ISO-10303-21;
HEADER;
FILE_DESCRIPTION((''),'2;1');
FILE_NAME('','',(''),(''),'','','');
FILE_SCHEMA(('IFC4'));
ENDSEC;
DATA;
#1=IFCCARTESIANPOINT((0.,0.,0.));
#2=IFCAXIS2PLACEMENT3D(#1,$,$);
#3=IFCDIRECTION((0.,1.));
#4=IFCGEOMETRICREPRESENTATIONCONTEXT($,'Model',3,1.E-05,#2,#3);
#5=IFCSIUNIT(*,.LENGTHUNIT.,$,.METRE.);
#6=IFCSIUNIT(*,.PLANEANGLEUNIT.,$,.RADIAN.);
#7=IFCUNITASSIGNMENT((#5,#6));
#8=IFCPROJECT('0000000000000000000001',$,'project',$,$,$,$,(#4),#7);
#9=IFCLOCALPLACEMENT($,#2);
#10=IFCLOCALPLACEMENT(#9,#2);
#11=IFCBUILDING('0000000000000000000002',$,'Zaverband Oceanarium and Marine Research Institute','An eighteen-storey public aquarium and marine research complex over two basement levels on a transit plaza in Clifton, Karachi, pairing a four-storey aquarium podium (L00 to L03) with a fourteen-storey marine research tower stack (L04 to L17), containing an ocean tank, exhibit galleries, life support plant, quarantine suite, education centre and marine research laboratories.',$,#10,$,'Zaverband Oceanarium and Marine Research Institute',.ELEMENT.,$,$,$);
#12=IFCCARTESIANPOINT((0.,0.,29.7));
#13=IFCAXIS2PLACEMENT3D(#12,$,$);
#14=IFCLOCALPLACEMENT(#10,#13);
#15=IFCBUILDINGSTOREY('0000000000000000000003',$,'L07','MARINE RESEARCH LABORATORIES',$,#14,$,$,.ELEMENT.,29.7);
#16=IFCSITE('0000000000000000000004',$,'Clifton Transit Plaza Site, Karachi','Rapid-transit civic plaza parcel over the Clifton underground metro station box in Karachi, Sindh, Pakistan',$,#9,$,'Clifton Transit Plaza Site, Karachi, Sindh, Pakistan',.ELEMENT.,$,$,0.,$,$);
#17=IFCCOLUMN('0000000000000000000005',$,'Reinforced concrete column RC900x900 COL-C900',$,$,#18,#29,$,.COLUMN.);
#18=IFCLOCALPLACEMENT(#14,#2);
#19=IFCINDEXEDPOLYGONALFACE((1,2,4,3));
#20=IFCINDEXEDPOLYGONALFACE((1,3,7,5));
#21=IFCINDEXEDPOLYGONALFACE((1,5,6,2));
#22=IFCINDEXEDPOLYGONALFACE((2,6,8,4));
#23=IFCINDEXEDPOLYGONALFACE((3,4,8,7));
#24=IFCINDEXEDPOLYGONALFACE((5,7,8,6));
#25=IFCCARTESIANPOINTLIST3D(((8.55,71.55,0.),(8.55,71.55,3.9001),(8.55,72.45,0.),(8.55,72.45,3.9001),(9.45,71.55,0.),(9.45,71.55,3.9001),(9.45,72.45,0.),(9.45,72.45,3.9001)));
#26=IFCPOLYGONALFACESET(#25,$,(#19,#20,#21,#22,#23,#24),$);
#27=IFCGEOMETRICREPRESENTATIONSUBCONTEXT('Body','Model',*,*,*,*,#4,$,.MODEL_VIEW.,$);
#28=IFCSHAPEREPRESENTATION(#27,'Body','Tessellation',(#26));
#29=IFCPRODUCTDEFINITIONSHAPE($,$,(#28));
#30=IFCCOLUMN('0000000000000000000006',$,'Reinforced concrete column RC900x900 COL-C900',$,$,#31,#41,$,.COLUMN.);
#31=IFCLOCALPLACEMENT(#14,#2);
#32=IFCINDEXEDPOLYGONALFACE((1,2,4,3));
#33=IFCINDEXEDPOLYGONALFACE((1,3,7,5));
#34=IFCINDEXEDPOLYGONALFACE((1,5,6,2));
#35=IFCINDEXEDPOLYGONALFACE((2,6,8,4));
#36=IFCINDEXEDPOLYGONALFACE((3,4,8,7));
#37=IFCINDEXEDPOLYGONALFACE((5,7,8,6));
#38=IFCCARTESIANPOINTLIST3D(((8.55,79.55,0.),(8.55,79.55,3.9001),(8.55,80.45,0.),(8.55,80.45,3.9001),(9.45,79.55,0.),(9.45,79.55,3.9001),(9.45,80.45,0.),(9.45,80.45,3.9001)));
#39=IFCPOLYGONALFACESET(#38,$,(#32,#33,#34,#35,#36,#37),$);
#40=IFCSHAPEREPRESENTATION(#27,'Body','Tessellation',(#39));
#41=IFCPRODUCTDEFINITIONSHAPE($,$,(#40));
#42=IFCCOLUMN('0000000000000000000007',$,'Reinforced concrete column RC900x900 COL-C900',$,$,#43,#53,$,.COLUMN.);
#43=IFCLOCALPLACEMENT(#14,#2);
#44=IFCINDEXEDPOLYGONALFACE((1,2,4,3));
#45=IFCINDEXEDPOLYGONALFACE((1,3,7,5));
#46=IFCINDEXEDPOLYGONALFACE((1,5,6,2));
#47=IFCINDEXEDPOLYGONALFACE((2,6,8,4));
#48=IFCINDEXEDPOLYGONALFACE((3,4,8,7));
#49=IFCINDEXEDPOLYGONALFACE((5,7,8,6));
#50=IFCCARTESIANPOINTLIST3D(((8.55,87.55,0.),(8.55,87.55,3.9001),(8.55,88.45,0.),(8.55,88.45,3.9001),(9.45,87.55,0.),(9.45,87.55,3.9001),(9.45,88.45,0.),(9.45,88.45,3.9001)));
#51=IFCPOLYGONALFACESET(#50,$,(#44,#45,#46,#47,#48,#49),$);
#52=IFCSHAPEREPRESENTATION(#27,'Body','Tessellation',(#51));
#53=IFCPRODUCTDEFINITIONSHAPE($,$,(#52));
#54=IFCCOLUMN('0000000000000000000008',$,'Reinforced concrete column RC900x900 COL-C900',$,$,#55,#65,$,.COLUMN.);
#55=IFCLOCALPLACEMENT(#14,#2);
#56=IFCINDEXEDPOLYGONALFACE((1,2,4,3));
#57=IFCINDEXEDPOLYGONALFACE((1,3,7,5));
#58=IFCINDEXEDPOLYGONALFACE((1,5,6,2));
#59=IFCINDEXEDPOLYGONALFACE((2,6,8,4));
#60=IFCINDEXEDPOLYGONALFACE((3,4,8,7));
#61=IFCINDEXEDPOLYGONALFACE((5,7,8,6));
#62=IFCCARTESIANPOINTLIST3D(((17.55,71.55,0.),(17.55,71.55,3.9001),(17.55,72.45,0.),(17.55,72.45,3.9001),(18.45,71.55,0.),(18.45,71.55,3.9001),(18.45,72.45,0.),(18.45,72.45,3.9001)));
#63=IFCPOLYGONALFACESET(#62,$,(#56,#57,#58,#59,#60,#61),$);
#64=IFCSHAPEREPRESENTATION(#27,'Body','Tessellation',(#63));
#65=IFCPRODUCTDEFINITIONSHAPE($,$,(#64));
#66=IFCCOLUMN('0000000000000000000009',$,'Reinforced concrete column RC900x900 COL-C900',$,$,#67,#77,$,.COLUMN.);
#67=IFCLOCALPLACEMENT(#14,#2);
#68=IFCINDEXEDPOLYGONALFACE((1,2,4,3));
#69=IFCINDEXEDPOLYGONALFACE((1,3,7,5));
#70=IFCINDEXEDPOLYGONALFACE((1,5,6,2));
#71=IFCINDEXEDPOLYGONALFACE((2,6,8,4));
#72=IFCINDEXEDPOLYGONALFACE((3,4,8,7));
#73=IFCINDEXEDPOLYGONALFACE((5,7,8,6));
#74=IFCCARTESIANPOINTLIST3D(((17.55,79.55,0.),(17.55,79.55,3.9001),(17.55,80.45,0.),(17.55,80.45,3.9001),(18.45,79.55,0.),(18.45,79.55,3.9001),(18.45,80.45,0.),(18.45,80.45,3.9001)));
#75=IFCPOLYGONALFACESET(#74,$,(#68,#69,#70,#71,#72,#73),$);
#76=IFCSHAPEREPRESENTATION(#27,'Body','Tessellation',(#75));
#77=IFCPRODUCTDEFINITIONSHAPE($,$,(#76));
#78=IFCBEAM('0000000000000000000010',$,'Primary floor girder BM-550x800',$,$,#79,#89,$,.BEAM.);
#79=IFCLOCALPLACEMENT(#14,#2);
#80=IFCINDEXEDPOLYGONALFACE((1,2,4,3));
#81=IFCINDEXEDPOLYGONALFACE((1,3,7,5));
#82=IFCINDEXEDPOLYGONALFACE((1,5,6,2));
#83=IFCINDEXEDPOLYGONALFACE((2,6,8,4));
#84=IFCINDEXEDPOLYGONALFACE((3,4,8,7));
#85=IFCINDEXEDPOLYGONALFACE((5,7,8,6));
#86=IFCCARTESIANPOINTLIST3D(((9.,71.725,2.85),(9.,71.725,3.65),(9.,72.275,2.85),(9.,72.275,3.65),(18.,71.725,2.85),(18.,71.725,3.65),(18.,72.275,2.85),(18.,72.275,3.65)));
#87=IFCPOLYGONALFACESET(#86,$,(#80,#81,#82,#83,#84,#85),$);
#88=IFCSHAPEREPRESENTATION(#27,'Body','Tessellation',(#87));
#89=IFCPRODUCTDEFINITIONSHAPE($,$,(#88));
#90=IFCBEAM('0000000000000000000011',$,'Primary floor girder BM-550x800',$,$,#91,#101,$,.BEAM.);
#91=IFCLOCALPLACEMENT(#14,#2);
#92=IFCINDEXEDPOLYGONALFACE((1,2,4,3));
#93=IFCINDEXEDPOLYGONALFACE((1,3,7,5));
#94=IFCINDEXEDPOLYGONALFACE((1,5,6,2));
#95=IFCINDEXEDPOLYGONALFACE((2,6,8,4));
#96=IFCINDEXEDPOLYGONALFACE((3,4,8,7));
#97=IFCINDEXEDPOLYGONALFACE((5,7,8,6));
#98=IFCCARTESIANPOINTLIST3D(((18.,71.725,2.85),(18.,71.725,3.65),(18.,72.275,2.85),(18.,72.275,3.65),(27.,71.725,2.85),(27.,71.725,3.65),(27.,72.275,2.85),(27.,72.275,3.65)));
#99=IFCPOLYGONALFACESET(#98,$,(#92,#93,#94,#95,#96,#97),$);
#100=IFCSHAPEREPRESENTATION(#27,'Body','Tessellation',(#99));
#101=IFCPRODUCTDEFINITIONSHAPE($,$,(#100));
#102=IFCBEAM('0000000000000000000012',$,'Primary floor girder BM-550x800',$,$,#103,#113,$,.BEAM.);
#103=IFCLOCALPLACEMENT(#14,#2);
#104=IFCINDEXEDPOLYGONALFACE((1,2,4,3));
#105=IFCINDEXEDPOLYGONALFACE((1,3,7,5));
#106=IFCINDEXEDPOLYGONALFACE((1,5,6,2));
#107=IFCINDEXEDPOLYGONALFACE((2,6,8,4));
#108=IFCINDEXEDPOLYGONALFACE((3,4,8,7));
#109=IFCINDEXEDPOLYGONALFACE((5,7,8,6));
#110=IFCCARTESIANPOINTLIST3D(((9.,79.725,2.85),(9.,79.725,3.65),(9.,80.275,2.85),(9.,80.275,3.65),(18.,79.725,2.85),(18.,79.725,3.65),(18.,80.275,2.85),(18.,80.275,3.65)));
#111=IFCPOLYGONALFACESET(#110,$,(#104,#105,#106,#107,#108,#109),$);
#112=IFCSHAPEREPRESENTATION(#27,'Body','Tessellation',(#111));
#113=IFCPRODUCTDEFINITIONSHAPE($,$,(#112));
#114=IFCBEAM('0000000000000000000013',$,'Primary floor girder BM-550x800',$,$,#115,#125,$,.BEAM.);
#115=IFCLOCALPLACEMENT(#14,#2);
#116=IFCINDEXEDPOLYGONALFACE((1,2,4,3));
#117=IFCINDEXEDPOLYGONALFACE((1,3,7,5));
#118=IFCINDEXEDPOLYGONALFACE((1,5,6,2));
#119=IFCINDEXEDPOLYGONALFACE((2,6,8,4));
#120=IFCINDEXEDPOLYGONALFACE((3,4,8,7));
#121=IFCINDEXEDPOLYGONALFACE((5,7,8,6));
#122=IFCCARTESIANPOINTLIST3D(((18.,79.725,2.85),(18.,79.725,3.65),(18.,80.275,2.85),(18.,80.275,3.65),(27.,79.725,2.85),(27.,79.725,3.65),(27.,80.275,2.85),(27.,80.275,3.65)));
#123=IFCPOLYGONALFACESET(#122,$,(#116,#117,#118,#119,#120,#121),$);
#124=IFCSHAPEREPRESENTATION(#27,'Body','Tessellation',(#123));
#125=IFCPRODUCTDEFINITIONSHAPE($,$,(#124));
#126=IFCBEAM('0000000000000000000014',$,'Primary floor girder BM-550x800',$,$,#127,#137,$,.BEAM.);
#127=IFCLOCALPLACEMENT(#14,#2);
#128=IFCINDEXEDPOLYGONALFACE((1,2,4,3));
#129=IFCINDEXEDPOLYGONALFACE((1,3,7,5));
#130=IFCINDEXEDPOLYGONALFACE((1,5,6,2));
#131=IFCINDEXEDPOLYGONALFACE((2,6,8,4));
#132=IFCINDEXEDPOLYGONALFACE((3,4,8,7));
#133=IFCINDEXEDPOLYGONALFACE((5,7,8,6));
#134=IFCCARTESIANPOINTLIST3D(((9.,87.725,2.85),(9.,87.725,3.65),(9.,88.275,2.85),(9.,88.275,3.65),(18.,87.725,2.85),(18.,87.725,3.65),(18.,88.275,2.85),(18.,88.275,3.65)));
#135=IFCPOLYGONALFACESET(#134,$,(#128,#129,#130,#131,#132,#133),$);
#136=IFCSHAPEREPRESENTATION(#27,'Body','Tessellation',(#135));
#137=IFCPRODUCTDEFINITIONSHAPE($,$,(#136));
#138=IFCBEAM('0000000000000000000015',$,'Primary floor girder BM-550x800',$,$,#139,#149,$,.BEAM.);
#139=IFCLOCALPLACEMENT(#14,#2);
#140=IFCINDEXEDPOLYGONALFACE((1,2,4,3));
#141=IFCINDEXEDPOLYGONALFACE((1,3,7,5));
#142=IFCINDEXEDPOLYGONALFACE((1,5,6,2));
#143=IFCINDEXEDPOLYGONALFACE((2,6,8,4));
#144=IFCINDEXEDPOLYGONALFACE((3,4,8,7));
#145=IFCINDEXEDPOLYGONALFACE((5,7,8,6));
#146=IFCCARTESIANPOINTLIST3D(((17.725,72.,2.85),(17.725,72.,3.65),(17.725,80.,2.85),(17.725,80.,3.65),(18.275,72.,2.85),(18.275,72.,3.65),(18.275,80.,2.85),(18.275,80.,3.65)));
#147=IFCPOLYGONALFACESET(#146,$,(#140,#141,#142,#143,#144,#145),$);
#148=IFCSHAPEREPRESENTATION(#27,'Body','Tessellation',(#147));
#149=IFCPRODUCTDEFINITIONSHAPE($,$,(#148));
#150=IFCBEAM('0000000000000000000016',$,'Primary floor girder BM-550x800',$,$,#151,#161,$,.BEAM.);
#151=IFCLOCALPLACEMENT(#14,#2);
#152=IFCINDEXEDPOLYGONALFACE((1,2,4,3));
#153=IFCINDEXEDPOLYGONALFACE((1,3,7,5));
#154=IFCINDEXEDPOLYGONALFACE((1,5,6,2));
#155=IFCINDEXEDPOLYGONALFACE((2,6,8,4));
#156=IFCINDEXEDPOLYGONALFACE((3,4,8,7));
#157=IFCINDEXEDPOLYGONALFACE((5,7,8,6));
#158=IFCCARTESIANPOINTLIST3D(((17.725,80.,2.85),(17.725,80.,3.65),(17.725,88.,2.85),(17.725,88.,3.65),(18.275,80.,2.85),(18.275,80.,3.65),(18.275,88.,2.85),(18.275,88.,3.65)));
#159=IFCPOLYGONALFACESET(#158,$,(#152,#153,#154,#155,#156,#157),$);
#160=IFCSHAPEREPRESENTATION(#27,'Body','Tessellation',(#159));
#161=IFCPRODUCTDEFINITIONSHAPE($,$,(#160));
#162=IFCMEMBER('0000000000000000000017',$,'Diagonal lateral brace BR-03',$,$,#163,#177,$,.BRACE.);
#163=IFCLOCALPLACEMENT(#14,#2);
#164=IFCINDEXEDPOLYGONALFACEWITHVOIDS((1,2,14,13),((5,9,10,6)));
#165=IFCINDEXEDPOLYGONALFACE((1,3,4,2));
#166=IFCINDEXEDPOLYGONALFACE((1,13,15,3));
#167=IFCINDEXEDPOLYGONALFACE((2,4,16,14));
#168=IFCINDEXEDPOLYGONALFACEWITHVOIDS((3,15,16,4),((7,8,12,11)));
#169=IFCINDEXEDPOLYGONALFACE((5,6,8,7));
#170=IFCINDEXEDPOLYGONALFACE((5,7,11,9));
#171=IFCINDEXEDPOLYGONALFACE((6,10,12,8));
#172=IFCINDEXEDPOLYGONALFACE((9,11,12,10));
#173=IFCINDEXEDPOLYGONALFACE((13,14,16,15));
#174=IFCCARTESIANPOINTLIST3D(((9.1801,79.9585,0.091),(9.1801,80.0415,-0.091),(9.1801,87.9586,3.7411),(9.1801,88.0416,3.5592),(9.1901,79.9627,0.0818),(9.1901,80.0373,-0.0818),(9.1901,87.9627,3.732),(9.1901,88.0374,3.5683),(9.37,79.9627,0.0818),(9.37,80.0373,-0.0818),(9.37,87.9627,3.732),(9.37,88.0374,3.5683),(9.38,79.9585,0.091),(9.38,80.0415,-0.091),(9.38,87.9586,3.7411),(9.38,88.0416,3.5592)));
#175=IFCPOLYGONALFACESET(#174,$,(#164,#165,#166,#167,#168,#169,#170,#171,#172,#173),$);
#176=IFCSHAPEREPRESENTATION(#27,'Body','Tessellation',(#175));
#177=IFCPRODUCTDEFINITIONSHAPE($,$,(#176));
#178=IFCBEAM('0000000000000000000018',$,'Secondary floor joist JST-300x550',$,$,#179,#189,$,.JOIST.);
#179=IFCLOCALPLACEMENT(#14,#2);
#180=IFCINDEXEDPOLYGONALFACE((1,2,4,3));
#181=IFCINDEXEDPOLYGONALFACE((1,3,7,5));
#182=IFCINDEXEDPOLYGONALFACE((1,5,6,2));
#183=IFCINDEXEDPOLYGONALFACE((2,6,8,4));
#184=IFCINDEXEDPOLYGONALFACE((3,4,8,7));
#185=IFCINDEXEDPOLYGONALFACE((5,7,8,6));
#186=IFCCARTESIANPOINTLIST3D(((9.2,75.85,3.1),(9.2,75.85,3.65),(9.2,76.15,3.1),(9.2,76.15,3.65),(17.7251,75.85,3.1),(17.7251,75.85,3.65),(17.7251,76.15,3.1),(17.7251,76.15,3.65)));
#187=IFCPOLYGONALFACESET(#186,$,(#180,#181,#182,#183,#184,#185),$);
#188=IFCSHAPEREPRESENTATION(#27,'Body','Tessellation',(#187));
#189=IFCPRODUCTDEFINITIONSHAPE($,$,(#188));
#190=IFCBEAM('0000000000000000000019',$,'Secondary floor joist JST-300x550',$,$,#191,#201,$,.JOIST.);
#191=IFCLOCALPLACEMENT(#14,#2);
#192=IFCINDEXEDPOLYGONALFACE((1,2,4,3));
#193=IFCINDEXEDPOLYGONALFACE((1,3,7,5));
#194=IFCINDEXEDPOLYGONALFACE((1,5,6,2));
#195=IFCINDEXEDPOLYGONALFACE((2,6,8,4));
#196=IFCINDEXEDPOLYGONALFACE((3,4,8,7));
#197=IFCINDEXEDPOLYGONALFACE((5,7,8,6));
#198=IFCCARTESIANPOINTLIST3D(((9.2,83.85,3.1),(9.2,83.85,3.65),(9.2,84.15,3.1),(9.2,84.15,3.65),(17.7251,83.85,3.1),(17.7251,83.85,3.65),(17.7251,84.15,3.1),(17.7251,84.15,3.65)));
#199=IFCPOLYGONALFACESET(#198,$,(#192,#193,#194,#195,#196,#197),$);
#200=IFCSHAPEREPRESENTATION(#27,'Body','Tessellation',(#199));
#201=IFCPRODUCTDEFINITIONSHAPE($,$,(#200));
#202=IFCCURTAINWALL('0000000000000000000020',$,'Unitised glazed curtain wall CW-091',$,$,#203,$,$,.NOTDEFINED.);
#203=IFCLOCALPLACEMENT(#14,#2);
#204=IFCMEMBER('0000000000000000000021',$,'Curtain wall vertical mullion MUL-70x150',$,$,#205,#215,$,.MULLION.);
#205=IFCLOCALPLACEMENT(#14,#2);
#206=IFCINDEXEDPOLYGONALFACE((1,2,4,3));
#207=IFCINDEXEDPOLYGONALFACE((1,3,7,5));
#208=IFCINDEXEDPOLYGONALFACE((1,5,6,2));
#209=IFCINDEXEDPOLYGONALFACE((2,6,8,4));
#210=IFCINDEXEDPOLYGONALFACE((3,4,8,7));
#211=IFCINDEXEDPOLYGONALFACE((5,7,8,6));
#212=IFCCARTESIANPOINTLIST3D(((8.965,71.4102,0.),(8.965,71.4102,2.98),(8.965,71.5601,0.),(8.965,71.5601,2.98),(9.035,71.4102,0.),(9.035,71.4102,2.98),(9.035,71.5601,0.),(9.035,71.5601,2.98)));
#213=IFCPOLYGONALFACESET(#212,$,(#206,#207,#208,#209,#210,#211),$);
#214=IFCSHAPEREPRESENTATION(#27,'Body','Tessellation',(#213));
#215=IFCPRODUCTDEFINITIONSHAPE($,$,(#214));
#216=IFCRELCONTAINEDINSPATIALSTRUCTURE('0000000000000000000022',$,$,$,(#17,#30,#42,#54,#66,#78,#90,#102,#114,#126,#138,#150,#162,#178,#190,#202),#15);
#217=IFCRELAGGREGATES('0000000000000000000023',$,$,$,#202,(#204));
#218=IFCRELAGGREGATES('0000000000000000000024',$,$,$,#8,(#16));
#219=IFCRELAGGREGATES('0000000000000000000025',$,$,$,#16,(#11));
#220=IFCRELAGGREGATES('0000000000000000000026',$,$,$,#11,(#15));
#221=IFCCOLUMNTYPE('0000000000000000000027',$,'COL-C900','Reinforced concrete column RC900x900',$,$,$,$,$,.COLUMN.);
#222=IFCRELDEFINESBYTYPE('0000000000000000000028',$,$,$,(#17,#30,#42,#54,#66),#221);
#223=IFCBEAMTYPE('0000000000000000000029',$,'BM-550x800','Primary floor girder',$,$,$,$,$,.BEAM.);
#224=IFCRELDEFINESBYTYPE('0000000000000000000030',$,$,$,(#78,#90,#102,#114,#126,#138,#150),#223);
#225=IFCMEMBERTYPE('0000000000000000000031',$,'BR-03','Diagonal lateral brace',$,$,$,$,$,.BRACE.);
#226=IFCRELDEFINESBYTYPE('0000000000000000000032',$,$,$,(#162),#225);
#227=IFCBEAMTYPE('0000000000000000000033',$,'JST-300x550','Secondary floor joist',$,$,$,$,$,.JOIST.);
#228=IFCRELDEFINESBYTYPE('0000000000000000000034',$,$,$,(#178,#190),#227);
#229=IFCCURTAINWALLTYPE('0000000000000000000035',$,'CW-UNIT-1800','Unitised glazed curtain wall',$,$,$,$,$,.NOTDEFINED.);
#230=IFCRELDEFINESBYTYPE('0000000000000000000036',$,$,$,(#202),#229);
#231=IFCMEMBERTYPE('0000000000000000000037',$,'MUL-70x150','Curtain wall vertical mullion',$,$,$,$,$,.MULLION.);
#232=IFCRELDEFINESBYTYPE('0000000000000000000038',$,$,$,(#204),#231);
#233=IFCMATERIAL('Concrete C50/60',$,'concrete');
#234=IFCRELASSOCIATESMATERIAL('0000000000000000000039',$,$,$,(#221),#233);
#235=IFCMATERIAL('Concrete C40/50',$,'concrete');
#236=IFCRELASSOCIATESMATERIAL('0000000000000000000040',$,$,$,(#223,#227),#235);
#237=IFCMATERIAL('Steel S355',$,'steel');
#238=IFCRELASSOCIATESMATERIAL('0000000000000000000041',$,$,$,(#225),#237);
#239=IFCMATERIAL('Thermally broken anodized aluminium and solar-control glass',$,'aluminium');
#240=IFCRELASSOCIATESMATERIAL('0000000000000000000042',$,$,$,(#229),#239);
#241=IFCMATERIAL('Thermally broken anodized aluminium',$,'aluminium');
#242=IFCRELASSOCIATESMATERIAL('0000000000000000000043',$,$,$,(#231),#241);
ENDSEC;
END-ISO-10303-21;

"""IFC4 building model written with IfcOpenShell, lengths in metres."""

from ifc_helpers import new_model, si_unit, direction, frame, origin, origin_2d, place, context, subcontext, project, spatial, rectangle, hollow_rectangle, extrude, material, material_profile, profile_set, type_object, element, aggregate, save


model = new_model("IFC4")

# Units and contexts
model_context = context("Model", 3, precision=1e-05, world=origin(), true_north=direction((0.0, 1.0)))
body_context = subcontext(model_context, "Body", "Model", "MODEL_VIEW")
ifc_project = project(units=[si_unit("LENGTHUNIT", "METRE"), si_unit("PLANEANGLEUNIT", "RADIAN")], contexts=[model_context])

# Site, building, storey
site_placement = place(None, origin())
site = spatial("IfcSite", under=ifc_project, at=site_placement, Name="Clifton Transit Plaza Site, Karachi", Description="Rapid-transit civic plaza parcel over the Clifton underground metro station box in Karachi, Sindh, Pakistan", LongName="Clifton Transit Plaza Site, Karachi, Sindh, Pakistan", CompositionType="ELEMENT", RefElevation=0.0)
building_placement = place(site_placement, origin())
building = spatial("IfcBuilding", under=site, at=building_placement, Name="Zaverband Oceanarium and Marine Research Institute", Description="An eighteen-storey public aquarium and marine research complex over two basement levels on a transit plaza in Clifton, Karachi, pairing a four-storey aquarium podium (L00 to L03) with a fourteen-storey marine research tower stack (L04 to L17), containing an ocean tank, exhibit galleries, life support plant, quarantine suite, education centre and marine research laboratories.", LongName="Zaverband Oceanarium and Marine Research Institute", CompositionType="ELEMENT")
storey_placement = place(building_placement, frame((0.0, 0.0, 29.7)))
storey = spatial("IfcBuildingStorey", under=building, at=storey_placement, Name="L07", Description="MARINE RESEARCH LABORATORIES", CompositionType="ELEMENT", Elevation=29.7)

# Columns
ifc_material_1 = material(Name="Concrete C50/60", Category="concrete")
ifc_material_profile_1 = material_profile(ifc_material_1, rectangle(XDim=0.8999, YDim=0.8999, at=origin_2d()), Name="RC900x900")
ifc_profile_set_1 = profile_set([ifc_material_profile_1], Name="Concrete C50/60")
column_type = type_object("IfcColumnType", Name="COL-C900", Description="Reinforced concrete column RC900x900", PredefinedType="COLUMN", material=ifc_profile_set_1)
for number, where, z_axis, x_axis, name in (
    (1, (9.0, 72.0, 0.0), (0.0, 0.0, 1.0), (1.0, 0.0, 0.0), "Reinforced concrete column RC900x900 COL-C900"),
    (2, (9.0, 80.0, 0.0), (0.0, 0.0, 1.0), (1.0, 0.0, 0.0), "Reinforced concrete column RC900x900 COL-C900"),
    (3, (9.0, 88.0, 0.0), (0.0, 0.0, 1.0), (1.0, 0.0, 0.0), "Reinforced concrete column RC900x900 COL-C900"),
    (4, (18.0, 72.0, 0.0), (0.0, 0.0, 1.0), (1.0, 0.0, 0.0), "Reinforced concrete column RC900x900 COL-C900"),
    (5, (18.0, 80.0, 0.0), (0.0, 0.0, 1.0), (1.0, 0.0, 0.0), "Reinforced concrete column RC900x900 COL-C900"),
):
    element("IfcColumn", number, at=place(storey_placement, frame(where, z_axis=z_axis, x_axis=x_axis)), inside=storey, type_object=column_type, Name=name, PredefinedType="COLUMN", context=body_context, shape_type="SweptSolid", body=[
        extrude(rectangle(XDim=0.8999, YDim=0.8999, at=origin_2d()), origin(), (0.0, 0.0, 1.0), 3.9001),
    ])

# Beams
ifc_material_2 = material(Name="Concrete C40/50", Category="concrete")
ifc_material_profile_2 = material_profile(ifc_material_2, rectangle(XDim=0.55, YDim=0.8, at=origin_2d()), Name="RC550x800")
ifc_profile_set_2 = profile_set([ifc_material_profile_2], Name="Concrete C40/50")
beam_type_1 = type_object("IfcBeamType", Name="BM-550x800", Description="Primary floor girder", PredefinedType="BEAM", material=ifc_profile_set_2)
for number, where, z_axis, x_axis, name in (
    (6, (9.0, 72.0, 3.25), (1.0, 0.0, 0.0), (0.0, 1.0, 0.0), "Primary floor girder BM-550x800"),
    (7, (18.0, 72.0, 3.25), (1.0, 0.0, 0.0), (0.0, 1.0, 0.0), "Primary floor girder BM-550x800"),
    (8, (9.0, 80.0, 3.25), (1.0, 0.0, 0.0), (0.0, 1.0, 0.0), "Primary floor girder BM-550x800"),
    (9, (18.0, 80.0, 3.25), (1.0, 0.0, 0.0), (0.0, 1.0, 0.0), "Primary floor girder BM-550x800"),
    (10, (9.0, 88.0, 3.25), (1.0, 0.0, 0.0), (0.0, 1.0, 0.0), "Primary floor girder BM-550x800"),
):
    element("IfcBeam", number, at=place(storey_placement, frame(where, z_axis=z_axis, x_axis=x_axis)), inside=storey, type_object=beam_type_1, Name=name, PredefinedType="BEAM", context=body_context, shape_type="SweptSolid", body=[
        extrude(rectangle(XDim=0.55, YDim=0.8, at=origin_2d()), origin(), (0.0, 0.0, 1.0), 9.0),
    ])
for number, where, z_axis, x_axis, name in (
    (11, (18.0, 72.0, 3.25), (0.0, 1.0, 0.0), (-1.0, 0.0, 0.0), "Primary floor girder BM-550x800"),
    (12, (18.0, 80.0, 3.25), (0.0, 1.0, 0.0), (-1.0, 0.0, 0.0), "Primary floor girder BM-550x800"),
):
    element("IfcBeam", number, at=place(storey_placement, frame(where, z_axis=z_axis, x_axis=x_axis)), inside=storey, type_object=beam_type_1, Name=name, PredefinedType="BEAM", context=body_context, shape_type="SweptSolid", body=[
        extrude(rectangle(XDim=0.55, YDim=0.8, at=origin_2d()), origin(), (0.0, 0.0, 1.0), 8.0),
    ])

# Member
ifc_material_3 = material(Name="Steel S355", Category="steel")
ifc_material_profile_3 = material_profile(ifc_material_3, hollow_rectangle(XDim=0.2, YDim=0.2, WallThickness=0.01, at=origin_2d()), Name="SHS200x200x10")
ifc_profile_set_3 = profile_set([ifc_material_profile_3], Name="Steel S355")
member_type_1 = type_object("IfcMemberType", Name="BR-03", Description="Diagonal lateral brace", PredefinedType="BRACE", material=ifc_profile_set_3)
member_1_placement = place(storey_placement, frame((9.28, 80.0, 0.0), z_axis=(0.0, 0.909775, 0.415102), x_axis=(-1.0, 0.0, 0.0)))
element("IfcMember", 13, at=member_1_placement, inside=storey, type_object=member_type_1, Name="Diagonal lateral brace BR-03", PredefinedType="BRACE", context=body_context, shape_type="SweptSolid", body=[
    extrude(hollow_rectangle(XDim=0.2, YDim=0.2, WallThickness=0.01, at=origin_2d()), origin(), (0.0, 0.0, 1.0), 8.7935),
])

# Beams
ifc_material_profile_4 = material_profile(ifc_material_2, rectangle(XDim=0.3, YDim=0.55, at=origin_2d()), Name="RC300x550")
ifc_profile_set_4 = profile_set([ifc_material_profile_4], Name="Concrete C40/50")
beam_type_2 = type_object("IfcBeamType", Name="JST-300x550", Description="Secondary floor joist", PredefinedType="JOIST", material=ifc_profile_set_4)
for number, where, z_axis, x_axis, name in (
    (14, (9.2, 76.0, 3.375), (1.0, 0.0, 0.0), (0.0, 1.0, 0.0), "Secondary floor joist JST-300x550"),
    (15, (9.2, 84.0, 3.375), (1.0, 0.0, 0.0), (0.0, 1.0, 0.0), "Secondary floor joist JST-300x550"),
):
    element("IfcBeam", number, at=place(storey_placement, frame(where, z_axis=z_axis, x_axis=x_axis)), inside=storey, type_object=beam_type_2, Name=name, PredefinedType="JOIST", context=body_context, shape_type="SweptSolid", body=[
        extrude(rectangle(XDim=0.3, YDim=0.55, at=origin_2d()), origin(), (0.0, 0.0, 1.0), 8.5251),
    ])

# Curtain wall, member
ifc_material_4 = material(Name="Thermally broken anodized aluminium and solar-control glass", Category="aluminium")
curtain_wall_type = type_object("IfcCurtainWallType", Name="CW-UNIT-1800", Description="Unitised glazed curtain wall", PredefinedType="NOTDEFINED", material=ifc_material_4)
curtain_wall_placement = place(storey_placement, origin())
curtain_wall = element("IfcCurtainWall", 16, at=curtain_wall_placement, inside=storey, type_object=curtain_wall_type, Name="Unitised glazed curtain wall CW-091", PredefinedType="NOTDEFINED")
ifc_material_5 = material(Name="Thermally broken anodized aluminium", Category="aluminium")
ifc_material_profile_5 = material_profile(ifc_material_5, rectangle(XDim=0.0701, YDim=0.1499, at=origin_2d()), Name="AL-MUL-70x150")
ifc_profile_set_5 = profile_set([ifc_material_profile_5], Name="Thermally broken anodized aluminium")
member_type_2 = type_object("IfcMemberType", Name="MUL-70x150", Description="Curtain wall vertical mullion", PredefinedType="MULLION", material=ifc_profile_set_5)
member_2_placement = place(storey_placement, frame((9.0, 71.4851, 0.0), z_axis=(0.0, 0.0, 1.0), x_axis=(1.0, 0.0, 0.0)))
member_2 = element("IfcMember", 17, at=member_2_placement, type_object=member_type_2, Name="Curtain wall vertical mullion MUL-70x150", PredefinedType="MULLION", context=body_context, shape_type="SweptSolid", body=[
    extrude(rectangle(XDim=0.0701, YDim=0.1499, at=origin_2d()), origin(), (0.0, 0.0, 1.0), 2.98),
])

aggregate(curtain_wall, [member_2])

save(model, "model.ifc")
